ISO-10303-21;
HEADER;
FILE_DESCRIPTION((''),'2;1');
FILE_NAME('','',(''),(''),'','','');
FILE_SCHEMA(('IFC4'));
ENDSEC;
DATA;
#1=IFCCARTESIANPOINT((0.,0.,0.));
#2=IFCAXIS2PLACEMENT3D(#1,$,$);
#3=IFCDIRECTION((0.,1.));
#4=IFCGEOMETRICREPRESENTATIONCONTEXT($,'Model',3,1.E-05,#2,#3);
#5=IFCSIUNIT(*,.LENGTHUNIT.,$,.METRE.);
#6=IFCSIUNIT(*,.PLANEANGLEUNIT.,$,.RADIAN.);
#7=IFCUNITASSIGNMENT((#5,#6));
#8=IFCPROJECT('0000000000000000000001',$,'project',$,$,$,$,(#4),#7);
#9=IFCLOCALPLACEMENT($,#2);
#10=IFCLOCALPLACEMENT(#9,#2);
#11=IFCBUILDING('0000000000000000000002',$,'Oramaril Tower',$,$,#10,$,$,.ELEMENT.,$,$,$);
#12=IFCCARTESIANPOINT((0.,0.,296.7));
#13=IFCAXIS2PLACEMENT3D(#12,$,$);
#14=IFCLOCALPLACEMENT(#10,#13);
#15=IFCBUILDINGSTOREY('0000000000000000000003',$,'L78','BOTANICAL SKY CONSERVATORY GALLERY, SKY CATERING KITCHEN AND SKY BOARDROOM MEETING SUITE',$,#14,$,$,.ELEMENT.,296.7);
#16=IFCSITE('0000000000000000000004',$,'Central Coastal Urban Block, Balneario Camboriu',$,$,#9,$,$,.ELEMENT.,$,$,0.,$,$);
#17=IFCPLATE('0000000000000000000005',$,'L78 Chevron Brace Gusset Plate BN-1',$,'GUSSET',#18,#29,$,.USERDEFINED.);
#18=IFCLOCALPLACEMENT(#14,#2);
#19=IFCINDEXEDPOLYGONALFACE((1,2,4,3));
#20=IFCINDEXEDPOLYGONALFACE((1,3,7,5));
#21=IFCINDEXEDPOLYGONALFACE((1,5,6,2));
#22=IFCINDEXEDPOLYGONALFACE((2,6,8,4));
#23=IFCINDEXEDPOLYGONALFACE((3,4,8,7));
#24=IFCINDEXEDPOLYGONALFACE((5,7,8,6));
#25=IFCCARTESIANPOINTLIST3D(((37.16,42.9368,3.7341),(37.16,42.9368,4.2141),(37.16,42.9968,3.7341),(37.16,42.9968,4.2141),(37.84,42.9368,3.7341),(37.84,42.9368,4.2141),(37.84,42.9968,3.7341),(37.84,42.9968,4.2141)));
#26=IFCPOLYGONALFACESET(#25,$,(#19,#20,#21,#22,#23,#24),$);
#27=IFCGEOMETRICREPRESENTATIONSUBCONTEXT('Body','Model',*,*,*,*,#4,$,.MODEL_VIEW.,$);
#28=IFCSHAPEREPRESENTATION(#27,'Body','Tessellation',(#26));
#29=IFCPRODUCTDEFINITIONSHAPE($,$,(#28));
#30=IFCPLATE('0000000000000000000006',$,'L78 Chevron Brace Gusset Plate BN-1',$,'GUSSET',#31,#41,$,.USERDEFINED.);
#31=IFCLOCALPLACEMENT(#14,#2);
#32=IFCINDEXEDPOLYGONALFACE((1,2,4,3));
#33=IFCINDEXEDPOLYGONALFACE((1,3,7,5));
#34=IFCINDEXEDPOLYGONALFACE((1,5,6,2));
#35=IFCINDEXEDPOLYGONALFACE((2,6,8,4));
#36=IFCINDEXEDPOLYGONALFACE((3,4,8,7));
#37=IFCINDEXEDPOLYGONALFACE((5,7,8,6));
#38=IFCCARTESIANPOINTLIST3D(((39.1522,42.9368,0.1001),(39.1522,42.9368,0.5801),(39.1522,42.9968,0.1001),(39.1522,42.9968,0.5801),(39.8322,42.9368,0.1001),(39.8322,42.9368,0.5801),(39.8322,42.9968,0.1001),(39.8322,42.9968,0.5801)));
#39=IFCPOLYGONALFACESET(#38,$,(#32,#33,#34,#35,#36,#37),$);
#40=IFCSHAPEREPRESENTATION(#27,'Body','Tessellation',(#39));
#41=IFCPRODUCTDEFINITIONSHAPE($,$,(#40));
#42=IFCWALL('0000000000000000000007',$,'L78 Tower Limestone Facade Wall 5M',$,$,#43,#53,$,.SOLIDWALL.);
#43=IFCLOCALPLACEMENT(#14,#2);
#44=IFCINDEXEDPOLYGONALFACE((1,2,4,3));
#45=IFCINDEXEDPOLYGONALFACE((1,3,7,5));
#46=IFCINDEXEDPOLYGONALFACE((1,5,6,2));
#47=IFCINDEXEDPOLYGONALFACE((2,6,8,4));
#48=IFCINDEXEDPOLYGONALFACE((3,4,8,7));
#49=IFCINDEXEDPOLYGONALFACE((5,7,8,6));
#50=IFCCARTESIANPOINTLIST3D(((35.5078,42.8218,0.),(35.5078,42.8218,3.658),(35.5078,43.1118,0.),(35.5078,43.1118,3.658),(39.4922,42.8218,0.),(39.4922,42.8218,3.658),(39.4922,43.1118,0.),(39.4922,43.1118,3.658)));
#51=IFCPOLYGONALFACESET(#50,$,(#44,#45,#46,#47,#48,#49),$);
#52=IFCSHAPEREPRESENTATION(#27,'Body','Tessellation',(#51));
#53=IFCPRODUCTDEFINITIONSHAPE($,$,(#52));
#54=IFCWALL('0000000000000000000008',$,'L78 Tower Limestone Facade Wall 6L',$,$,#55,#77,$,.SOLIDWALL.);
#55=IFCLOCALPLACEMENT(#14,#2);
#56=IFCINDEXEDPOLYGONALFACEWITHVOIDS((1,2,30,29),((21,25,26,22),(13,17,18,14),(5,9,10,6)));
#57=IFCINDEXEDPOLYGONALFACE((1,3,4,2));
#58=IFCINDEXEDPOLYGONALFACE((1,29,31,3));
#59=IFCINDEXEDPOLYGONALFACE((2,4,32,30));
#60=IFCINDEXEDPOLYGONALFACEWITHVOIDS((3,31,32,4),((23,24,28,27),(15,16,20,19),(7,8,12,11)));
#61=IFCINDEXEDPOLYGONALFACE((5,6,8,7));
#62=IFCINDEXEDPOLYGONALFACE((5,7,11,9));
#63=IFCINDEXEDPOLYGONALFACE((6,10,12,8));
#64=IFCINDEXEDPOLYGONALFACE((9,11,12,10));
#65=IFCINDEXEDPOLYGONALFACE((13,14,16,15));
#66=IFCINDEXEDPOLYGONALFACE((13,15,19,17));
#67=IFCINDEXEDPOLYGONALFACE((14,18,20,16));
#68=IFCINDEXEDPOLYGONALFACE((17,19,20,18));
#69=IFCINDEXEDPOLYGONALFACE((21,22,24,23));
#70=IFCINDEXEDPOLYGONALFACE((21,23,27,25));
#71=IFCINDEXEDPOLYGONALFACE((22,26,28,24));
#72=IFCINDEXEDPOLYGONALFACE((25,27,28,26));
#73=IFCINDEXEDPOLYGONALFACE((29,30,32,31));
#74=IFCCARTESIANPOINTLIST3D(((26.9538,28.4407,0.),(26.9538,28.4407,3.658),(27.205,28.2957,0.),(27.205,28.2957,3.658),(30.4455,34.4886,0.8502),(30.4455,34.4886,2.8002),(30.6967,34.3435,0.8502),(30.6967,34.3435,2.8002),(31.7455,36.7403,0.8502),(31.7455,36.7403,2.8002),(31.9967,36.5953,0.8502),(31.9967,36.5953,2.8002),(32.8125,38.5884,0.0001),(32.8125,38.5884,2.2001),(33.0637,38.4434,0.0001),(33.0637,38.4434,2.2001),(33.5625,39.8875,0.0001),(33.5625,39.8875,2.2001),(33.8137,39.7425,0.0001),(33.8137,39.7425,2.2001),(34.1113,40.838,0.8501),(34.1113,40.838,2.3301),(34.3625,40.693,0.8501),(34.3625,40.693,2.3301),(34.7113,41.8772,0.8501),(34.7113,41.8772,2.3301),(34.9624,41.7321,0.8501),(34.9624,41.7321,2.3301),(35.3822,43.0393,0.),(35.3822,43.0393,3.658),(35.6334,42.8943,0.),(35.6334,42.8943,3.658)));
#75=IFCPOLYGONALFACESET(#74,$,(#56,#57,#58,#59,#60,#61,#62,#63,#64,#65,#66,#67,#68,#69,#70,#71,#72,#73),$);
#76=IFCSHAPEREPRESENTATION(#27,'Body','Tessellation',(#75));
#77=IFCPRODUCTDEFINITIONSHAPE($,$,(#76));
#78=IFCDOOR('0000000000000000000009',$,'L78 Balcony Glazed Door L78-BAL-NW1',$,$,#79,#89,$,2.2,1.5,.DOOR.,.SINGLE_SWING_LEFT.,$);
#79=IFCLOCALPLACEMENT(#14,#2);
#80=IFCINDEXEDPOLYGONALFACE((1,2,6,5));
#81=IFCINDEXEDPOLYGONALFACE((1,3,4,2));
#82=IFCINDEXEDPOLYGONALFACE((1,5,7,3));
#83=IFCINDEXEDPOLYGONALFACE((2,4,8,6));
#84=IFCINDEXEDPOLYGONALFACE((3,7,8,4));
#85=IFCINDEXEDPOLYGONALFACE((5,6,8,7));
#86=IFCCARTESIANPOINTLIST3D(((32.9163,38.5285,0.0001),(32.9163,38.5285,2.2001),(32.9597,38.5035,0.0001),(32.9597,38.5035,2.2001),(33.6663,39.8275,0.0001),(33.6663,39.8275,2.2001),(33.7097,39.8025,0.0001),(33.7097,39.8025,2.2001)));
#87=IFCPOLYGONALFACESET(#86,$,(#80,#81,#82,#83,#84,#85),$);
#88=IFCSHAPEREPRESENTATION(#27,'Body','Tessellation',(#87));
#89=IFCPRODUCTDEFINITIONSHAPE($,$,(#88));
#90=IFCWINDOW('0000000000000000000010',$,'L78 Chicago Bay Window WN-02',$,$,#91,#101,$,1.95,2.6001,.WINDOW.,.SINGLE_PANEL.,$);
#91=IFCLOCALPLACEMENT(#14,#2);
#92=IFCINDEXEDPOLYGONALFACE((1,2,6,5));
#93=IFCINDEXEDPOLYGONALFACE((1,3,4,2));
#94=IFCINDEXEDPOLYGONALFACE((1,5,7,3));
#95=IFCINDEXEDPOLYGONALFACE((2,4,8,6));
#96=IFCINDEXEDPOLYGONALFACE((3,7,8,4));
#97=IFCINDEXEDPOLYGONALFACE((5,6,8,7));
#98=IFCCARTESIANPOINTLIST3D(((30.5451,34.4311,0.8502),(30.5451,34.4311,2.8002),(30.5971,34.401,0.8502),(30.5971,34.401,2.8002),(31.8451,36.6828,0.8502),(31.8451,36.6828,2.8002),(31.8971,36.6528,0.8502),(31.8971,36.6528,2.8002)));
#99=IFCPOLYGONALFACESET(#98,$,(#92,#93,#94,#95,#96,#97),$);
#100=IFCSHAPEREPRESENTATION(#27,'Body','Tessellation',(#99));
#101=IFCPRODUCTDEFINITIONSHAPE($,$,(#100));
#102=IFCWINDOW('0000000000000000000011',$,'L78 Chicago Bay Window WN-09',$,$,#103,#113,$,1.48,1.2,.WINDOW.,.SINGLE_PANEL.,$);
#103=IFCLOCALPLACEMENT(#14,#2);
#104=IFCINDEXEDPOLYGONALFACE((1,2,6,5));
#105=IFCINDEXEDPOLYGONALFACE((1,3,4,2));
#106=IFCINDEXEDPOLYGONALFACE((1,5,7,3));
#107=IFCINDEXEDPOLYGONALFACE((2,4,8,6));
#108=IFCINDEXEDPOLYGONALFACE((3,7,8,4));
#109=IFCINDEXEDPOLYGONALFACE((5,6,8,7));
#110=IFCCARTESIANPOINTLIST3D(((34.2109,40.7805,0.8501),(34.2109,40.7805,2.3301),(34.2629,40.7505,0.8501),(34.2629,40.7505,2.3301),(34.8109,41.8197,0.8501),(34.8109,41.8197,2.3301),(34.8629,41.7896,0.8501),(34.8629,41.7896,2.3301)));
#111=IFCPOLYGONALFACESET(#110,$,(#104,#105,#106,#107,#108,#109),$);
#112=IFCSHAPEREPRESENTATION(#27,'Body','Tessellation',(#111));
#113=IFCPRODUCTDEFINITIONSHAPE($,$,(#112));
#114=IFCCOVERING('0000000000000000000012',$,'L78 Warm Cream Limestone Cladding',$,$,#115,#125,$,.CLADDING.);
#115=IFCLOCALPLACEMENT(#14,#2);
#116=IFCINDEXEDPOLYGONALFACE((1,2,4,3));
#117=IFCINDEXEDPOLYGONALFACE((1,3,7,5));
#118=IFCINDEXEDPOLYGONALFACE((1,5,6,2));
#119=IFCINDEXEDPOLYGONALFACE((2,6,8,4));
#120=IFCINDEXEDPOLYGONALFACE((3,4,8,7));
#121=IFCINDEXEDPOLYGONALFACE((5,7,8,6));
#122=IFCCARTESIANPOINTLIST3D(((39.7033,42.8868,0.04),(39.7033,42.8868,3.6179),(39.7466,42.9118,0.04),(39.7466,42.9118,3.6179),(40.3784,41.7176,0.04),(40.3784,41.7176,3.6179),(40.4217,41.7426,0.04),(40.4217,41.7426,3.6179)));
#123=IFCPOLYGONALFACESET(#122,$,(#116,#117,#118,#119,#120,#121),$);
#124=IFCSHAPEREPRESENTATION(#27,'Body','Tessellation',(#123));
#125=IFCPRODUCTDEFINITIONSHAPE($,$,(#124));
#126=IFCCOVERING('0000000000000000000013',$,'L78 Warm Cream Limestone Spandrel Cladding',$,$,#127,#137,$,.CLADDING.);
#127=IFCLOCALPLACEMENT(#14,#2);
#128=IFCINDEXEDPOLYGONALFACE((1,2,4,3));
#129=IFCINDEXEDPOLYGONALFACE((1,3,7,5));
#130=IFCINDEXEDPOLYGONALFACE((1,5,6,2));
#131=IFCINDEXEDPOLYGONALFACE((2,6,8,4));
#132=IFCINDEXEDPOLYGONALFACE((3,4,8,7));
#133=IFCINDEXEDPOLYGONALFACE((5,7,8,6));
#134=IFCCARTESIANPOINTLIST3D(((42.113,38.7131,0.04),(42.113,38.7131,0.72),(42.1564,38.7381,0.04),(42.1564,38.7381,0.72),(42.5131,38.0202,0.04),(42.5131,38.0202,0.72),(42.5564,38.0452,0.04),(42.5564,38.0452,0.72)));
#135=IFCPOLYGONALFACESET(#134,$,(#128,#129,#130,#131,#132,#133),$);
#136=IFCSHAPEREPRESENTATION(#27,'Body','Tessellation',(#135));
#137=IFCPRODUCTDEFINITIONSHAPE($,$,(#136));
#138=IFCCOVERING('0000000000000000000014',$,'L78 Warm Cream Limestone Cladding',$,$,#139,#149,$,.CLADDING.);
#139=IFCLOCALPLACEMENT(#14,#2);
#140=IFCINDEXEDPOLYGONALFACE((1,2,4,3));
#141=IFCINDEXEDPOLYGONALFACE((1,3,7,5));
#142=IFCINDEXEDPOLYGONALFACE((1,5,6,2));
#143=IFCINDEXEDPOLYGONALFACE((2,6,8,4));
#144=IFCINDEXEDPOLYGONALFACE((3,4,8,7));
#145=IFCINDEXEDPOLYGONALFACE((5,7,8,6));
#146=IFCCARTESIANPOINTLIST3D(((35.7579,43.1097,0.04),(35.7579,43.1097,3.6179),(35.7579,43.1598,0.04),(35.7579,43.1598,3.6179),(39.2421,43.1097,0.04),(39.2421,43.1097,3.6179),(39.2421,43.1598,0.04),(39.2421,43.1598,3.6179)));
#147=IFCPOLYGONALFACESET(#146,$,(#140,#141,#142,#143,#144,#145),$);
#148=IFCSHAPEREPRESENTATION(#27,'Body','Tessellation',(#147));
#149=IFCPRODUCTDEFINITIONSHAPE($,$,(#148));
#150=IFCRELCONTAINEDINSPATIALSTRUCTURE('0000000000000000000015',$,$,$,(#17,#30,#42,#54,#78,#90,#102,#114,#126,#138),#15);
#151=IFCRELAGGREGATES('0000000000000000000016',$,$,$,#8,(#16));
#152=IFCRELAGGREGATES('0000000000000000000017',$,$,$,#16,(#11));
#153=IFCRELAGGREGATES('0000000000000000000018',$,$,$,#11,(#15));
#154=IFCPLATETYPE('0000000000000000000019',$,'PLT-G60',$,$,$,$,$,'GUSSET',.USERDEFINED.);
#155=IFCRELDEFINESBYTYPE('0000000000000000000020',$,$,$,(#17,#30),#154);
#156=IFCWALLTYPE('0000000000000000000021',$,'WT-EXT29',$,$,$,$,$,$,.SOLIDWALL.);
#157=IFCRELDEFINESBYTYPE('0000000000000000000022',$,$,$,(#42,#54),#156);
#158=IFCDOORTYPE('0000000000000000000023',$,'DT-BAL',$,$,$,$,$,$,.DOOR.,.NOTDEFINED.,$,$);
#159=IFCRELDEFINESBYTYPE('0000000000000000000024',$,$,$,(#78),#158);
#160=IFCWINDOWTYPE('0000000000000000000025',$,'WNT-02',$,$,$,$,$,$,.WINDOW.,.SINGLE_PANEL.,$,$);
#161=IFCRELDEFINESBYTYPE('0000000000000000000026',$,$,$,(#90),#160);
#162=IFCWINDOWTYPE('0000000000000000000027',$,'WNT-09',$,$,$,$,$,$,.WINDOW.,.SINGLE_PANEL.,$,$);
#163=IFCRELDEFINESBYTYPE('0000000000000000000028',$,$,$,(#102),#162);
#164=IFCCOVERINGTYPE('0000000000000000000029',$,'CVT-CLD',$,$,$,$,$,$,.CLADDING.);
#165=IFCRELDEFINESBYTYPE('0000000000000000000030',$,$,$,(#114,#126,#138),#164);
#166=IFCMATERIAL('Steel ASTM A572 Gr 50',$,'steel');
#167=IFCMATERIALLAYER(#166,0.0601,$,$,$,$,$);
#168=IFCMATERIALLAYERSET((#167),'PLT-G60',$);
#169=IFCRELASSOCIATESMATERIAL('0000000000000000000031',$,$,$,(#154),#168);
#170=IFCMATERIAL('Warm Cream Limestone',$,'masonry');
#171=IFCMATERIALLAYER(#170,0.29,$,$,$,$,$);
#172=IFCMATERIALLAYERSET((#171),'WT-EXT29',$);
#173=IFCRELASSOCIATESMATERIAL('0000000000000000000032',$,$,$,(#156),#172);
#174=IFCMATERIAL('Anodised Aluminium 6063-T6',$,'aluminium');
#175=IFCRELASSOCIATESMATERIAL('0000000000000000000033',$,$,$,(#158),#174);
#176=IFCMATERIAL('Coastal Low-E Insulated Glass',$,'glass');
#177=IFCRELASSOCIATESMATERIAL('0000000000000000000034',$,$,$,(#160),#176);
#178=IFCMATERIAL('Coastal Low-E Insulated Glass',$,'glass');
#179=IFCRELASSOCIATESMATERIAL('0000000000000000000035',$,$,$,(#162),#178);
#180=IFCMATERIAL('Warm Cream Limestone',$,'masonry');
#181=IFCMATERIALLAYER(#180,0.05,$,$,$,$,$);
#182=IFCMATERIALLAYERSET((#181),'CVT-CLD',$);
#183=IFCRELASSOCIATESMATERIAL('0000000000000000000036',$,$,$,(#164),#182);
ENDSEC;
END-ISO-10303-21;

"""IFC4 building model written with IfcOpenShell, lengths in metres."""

from ifc_helpers import new_model, si_unit, direction, frame, frame_2d, origin, origin_2d, place, context, subcontext, project, spatial, rectangle, extrude, material, layer, layer_set, type_object, element, fill, save


model = new_model("IFC4")

# Units and contexts
model_context = context("Model", 3, precision=1e-05, world=origin(), true_north=direction((0.0, 1.0)))
body_context = subcontext(model_context, "Body", "Model", "MODEL_VIEW")
ifc_project = project(units=[si_unit("LENGTHUNIT", "METRE"), si_unit("PLANEANGLEUNIT", "RADIAN")], contexts=[model_context])

# Site, building, storey
site_placement = place(None, origin())
site = spatial("IfcSite", under=ifc_project, at=site_placement, Name="Central Coastal Urban Block, Balneario Camboriu", CompositionType="ELEMENT", RefElevation=0.0)
building_placement = place(site_placement, origin())
building = spatial("IfcBuilding", under=site, at=building_placement, Name="Oramaril Tower", CompositionType="ELEMENT")
storey_placement = place(building_placement, frame((0.0, 0.0, 296.7)))
storey = spatial("IfcBuildingStorey", under=building, at=storey_placement, Name="L78", Description="BOTANICAL SKY CONSERVATORY GALLERY, SKY CATERING KITCHEN AND SKY BOARDROOM MEETING SUITE", CompositionType="ELEMENT", Elevation=296.7)

# Plates
ifc_material_1 = material(Name="Steel ASTM A572 Gr 50", Category="steel")
ifc_layer_1 = layer(ifc_material_1, 0.0601)
ifc_layer_set_1 = layer_set([ifc_layer_1], Name="PLT-G60")
plate_type = type_object("IfcPlateType", Name="PLT-G60", ElementType="GUSSET", PredefinedType="USERDEFINED", material=ifc_layer_set_1)
for number, where, z_axis, x_axis, name in (
    (1, (37.5, 42.9668, 3.7341), (0.0, 0.0, 1.0), (-1.0, 0.0, 0.0), "L78 Chevron Brace Gusset Plate BN-1"),
    (2, (39.4922, 42.9668, 0.1001), (0.0, 0.0, 1.0), (-1.0, 0.0, 0.0), "L78 Chevron Brace Gusset Plate BN-1"),
):
    element("IfcPlate", number, at=place(storey_placement, frame(where, z_axis=z_axis, x_axis=x_axis)), inside=storey, type_object=plate_type, Name=name, ObjectType="GUSSET", PredefinedType="USERDEFINED", context=body_context, shape_type="SweptSolid", body=[
        extrude(rectangle(XDim=0.6799, YDim=0.0601, at=origin_2d()), origin(), (0.0, 0.0, 1.0), 0.48),
    ])

# Wall
ifc_material_2 = material(Name="Warm Cream Limestone", Category="masonry")
ifc_layer_2 = layer(ifc_material_2, 0.29)
ifc_layer_set_2 = layer_set([ifc_layer_2], Name="WT-EXT29")
wall_type = type_object("IfcWallType", Name="WT-EXT29", PredefinedType="SOLIDWALL", material=ifc_layer_set_2)
wall_1_placement = place(storey_placement, frame((39.4922, 42.9668, 0.0), z_axis=(0.0, 0.0, 1.0), x_axis=(-1.0, 0.0, 0.0)))
element("IfcWall", 3, at=wall_1_placement, inside=storey, type_object=wall_type, Name="L78 Tower Limestone Facade Wall 5M", PredefinedType="SOLIDWALL", context=body_context, shape_type="SweptSolid", body=[
    extrude(rectangle(XDim=3.9844, YDim=0.29, at=frame_2d((1.9922, 0.0))), origin(), (0.0, 0.0, 1.0), 3.658),
])

# Wall, openings, door, windows
wall_2_placement = place(storey_placement, frame((35.5078, 42.9668, 0.0), z_axis=(0.0, 0.0, 1.0), x_axis=(-0.499997, -0.866027, 0.0)))
wall_2 = element("IfcWall", 4, at=wall_2_placement, inside=storey, type_object=wall_type, Name="L78 Tower Limestone Facade Wall 6L", PredefinedType="SOLIDWALL", context=body_context, shape_type="SweptSolid", body=[
    extrude(rectangle(XDim=16.8569, YDim=0.29, at=frame_2d((8.4285, 0.0))), origin(), (0.0, 0.0, 1.0), 3.658),
])
opening_1_placement = place(wall_2_placement, frame((3.6394, 0.0, 0.0)))
opening_1 = element("IfcOpeningElement", 5, at=opening_1_placement, cuts=wall_2, PredefinedType="OPENING", context=body_context, shape_type="SweptSolid", body=[
    extrude(rectangle(XDim=1.5, YDim=2.2, at=frame_2d((0.75, 1.1001))), frame((0.0, 0.145, 0.0), z_axis=(0.0, -1.0, 0.0), x_axis=(1.0, 0.0, 0.0)), (0.0, 0.0, 1.0), 0.29),
])
opening_2_placement = place(wall_2_placement, frame((1.3418, 0.0, 0.8501)))
opening_2 = element("IfcOpeningElement", 6, at=opening_2_placement, cuts=wall_2, PredefinedType="OPENING", context=body_context, shape_type="SweptSolid", body=[
    extrude(rectangle(XDim=1.2, YDim=1.48, at=frame_2d((0.6001, 0.74))), frame((0.0, 0.145, 0.0), z_axis=(0.0, -1.0, 0.0), x_axis=(1.0, 0.0, 0.0)), (0.0, 0.0, 1.0), 0.29),
])
opening_3_placement = place(wall_2_placement, frame((7.2734, 0.0, 0.8501)))
opening_3 = element("IfcOpeningElement", 7, at=opening_3_placement, cuts=wall_2, PredefinedType="OPENING", context=body_context, shape_type="SweptSolid", body=[
    extrude(rectangle(XDim=2.6001, YDim=1.95, at=frame_2d((1.3, 0.9751))), frame((0.0, 0.145, 0.0), z_axis=(0.0, -1.0, 0.0), x_axis=(1.0, 0.0, 0.0)), (0.0, 0.0, 1.0), 0.29),
])
ifc_material_3 = material(Name="Anodised Aluminium 6063-T6", Category="aluminium")
door_type = type_object("IfcDoorType", Name="DT-BAL", OperationType="NOTDEFINED", PredefinedType="DOOR", material=ifc_material_3)
door_placement = place(opening_1_placement, origin())
door = element("IfcDoor", 8, at=door_placement, inside=storey, type_object=door_type, Name="L78 Balcony Glazed Door L78-BAL-NW1", OperationType="SINGLE_SWING_LEFT", OverallHeight=2.2, OverallWidth=1.5, PredefinedType="DOOR", context=body_context, shape_type="SweptSolid", body=[
    extrude(rectangle(XDim=1.5, YDim=2.2, at=frame_2d((0.75, 1.1001))), frame((0.0, 0.0249, 0.0), z_axis=(0.0, -1.0, 0.0), x_axis=(1.0, 0.0, 0.0)), (0.0, 0.0, 1.0), 0.05),
])
fill(opening_1, door)
ifc_material_4 = material(Name="Coastal Low-E Insulated Glass", Category="glass")
window_type_1 = type_object("IfcWindowType", Name="WNT-02", PartitioningType="SINGLE_PANEL", PredefinedType="WINDOW", material=ifc_material_4)
window_1_placement = place(opening_3_placement, origin())
window_1 = element("IfcWindow", 9, at=window_1_placement, inside=storey, type_object=window_type_1, Name="L78 Chicago Bay Window WN-02", OverallHeight=1.95, OverallWidth=2.6001, PartitioningType="SINGLE_PANEL", PredefinedType="WINDOW", context=body_context, shape_type="SweptSolid", body=[
    extrude(rectangle(XDim=2.6001, YDim=1.95, at=frame_2d((1.3, 0.9751))), frame((0.0, 0.03, 0.0), z_axis=(0.0, -1.0, 0.0), x_axis=(1.0, 0.0, 0.0)), (0.0, 0.0, 1.0), 0.0601),
])
fill(opening_3, window_1)
ifc_material_5 = material(Name="Coastal Low-E Insulated Glass", Category="glass")
window_type_2 = type_object("IfcWindowType", Name="WNT-09", PartitioningType="SINGLE_PANEL", PredefinedType="WINDOW", material=ifc_material_5)
window_2_placement = place(opening_2_placement, origin())
window_2 = element("IfcWindow", 10, at=window_2_placement, inside=storey, type_object=window_type_2, Name="L78 Chicago Bay Window WN-09", OverallHeight=1.48, OverallWidth=1.2, PartitioningType="SINGLE_PANEL", PredefinedType="WINDOW", context=body_context, shape_type="SweptSolid", body=[
    extrude(rectangle(XDim=1.2, YDim=1.48, at=frame_2d((0.6001, 0.74))), frame((0.0, 0.03, 0.0), z_axis=(0.0, -1.0, 0.0), x_axis=(1.0, 0.0, 0.0)), (0.0, 0.0, 1.0), 0.0601),
])
fill(opening_2, window_2)

# Coverings
ifc_material_6 = material(Name="Warm Cream Limestone", Category="masonry")
ifc_layer_3 = layer(ifc_material_6, 0.05)
ifc_layer_set_3 = layer_set([ifc_layer_3], Name="CVT-CLD")
covering_type = type_object("IfcCoveringType", Name="CVT-CLD", PredefinedType="CLADDING", material=ifc_layer_set_3)
covering_1_placement = place(storey_placement, frame((40.0625, 42.3147, 0.04), z_axis=(0.0, 0.0, 1.0), x_axis=(-0.5, 0.866025, 0.0)))
element("IfcCovering", 11, at=covering_1_placement, inside=storey, type_object=covering_type, Name="L78 Warm Cream Limestone Cladding", PredefinedType="CLADDING", context=body_context, shape_type="SweptSolid", body=[
    extrude(rectangle(XDim=1.3501, YDim=0.05, at=origin_2d()), origin(), (0.0, 0.0, 1.0), 3.5779),
])
covering_2_placement = place(storey_placement, frame((42.3347, 38.3792, 0.04), z_axis=(0.0, 0.0, 1.0), x_axis=(-0.5, 0.866025, 0.0)))
element("IfcCovering", 12, at=covering_2_placement, inside=storey, type_object=covering_type, Name="L78 Warm Cream Limestone Spandrel Cladding", PredefinedType="CLADDING", context=body_context, shape_type="SweptSolid", body=[
    extrude(rectangle(XDim=0.8, YDim=0.05, at=origin_2d()), origin(), (0.0, 0.0, 1.0), 0.6799),
])
covering_3_placement = place(storey_placement, frame((37.5, 43.1348, 0.04), z_axis=(0.0, 0.0, 1.0), x_axis=(-1.0, 0.0, 0.0)))
element("IfcCovering", 13, at=covering_3_placement, inside=storey, type_object=covering_type, Name="L78 Warm Cream Limestone Cladding", PredefinedType="CLADDING", context=body_context, shape_type="SweptSolid", body=[
    extrude(rectangle(XDim=3.4841, YDim=0.05, at=origin_2d()), origin(), (0.0, 0.0, 1.0), 3.5779),
])

save(model, "model.ifc")
